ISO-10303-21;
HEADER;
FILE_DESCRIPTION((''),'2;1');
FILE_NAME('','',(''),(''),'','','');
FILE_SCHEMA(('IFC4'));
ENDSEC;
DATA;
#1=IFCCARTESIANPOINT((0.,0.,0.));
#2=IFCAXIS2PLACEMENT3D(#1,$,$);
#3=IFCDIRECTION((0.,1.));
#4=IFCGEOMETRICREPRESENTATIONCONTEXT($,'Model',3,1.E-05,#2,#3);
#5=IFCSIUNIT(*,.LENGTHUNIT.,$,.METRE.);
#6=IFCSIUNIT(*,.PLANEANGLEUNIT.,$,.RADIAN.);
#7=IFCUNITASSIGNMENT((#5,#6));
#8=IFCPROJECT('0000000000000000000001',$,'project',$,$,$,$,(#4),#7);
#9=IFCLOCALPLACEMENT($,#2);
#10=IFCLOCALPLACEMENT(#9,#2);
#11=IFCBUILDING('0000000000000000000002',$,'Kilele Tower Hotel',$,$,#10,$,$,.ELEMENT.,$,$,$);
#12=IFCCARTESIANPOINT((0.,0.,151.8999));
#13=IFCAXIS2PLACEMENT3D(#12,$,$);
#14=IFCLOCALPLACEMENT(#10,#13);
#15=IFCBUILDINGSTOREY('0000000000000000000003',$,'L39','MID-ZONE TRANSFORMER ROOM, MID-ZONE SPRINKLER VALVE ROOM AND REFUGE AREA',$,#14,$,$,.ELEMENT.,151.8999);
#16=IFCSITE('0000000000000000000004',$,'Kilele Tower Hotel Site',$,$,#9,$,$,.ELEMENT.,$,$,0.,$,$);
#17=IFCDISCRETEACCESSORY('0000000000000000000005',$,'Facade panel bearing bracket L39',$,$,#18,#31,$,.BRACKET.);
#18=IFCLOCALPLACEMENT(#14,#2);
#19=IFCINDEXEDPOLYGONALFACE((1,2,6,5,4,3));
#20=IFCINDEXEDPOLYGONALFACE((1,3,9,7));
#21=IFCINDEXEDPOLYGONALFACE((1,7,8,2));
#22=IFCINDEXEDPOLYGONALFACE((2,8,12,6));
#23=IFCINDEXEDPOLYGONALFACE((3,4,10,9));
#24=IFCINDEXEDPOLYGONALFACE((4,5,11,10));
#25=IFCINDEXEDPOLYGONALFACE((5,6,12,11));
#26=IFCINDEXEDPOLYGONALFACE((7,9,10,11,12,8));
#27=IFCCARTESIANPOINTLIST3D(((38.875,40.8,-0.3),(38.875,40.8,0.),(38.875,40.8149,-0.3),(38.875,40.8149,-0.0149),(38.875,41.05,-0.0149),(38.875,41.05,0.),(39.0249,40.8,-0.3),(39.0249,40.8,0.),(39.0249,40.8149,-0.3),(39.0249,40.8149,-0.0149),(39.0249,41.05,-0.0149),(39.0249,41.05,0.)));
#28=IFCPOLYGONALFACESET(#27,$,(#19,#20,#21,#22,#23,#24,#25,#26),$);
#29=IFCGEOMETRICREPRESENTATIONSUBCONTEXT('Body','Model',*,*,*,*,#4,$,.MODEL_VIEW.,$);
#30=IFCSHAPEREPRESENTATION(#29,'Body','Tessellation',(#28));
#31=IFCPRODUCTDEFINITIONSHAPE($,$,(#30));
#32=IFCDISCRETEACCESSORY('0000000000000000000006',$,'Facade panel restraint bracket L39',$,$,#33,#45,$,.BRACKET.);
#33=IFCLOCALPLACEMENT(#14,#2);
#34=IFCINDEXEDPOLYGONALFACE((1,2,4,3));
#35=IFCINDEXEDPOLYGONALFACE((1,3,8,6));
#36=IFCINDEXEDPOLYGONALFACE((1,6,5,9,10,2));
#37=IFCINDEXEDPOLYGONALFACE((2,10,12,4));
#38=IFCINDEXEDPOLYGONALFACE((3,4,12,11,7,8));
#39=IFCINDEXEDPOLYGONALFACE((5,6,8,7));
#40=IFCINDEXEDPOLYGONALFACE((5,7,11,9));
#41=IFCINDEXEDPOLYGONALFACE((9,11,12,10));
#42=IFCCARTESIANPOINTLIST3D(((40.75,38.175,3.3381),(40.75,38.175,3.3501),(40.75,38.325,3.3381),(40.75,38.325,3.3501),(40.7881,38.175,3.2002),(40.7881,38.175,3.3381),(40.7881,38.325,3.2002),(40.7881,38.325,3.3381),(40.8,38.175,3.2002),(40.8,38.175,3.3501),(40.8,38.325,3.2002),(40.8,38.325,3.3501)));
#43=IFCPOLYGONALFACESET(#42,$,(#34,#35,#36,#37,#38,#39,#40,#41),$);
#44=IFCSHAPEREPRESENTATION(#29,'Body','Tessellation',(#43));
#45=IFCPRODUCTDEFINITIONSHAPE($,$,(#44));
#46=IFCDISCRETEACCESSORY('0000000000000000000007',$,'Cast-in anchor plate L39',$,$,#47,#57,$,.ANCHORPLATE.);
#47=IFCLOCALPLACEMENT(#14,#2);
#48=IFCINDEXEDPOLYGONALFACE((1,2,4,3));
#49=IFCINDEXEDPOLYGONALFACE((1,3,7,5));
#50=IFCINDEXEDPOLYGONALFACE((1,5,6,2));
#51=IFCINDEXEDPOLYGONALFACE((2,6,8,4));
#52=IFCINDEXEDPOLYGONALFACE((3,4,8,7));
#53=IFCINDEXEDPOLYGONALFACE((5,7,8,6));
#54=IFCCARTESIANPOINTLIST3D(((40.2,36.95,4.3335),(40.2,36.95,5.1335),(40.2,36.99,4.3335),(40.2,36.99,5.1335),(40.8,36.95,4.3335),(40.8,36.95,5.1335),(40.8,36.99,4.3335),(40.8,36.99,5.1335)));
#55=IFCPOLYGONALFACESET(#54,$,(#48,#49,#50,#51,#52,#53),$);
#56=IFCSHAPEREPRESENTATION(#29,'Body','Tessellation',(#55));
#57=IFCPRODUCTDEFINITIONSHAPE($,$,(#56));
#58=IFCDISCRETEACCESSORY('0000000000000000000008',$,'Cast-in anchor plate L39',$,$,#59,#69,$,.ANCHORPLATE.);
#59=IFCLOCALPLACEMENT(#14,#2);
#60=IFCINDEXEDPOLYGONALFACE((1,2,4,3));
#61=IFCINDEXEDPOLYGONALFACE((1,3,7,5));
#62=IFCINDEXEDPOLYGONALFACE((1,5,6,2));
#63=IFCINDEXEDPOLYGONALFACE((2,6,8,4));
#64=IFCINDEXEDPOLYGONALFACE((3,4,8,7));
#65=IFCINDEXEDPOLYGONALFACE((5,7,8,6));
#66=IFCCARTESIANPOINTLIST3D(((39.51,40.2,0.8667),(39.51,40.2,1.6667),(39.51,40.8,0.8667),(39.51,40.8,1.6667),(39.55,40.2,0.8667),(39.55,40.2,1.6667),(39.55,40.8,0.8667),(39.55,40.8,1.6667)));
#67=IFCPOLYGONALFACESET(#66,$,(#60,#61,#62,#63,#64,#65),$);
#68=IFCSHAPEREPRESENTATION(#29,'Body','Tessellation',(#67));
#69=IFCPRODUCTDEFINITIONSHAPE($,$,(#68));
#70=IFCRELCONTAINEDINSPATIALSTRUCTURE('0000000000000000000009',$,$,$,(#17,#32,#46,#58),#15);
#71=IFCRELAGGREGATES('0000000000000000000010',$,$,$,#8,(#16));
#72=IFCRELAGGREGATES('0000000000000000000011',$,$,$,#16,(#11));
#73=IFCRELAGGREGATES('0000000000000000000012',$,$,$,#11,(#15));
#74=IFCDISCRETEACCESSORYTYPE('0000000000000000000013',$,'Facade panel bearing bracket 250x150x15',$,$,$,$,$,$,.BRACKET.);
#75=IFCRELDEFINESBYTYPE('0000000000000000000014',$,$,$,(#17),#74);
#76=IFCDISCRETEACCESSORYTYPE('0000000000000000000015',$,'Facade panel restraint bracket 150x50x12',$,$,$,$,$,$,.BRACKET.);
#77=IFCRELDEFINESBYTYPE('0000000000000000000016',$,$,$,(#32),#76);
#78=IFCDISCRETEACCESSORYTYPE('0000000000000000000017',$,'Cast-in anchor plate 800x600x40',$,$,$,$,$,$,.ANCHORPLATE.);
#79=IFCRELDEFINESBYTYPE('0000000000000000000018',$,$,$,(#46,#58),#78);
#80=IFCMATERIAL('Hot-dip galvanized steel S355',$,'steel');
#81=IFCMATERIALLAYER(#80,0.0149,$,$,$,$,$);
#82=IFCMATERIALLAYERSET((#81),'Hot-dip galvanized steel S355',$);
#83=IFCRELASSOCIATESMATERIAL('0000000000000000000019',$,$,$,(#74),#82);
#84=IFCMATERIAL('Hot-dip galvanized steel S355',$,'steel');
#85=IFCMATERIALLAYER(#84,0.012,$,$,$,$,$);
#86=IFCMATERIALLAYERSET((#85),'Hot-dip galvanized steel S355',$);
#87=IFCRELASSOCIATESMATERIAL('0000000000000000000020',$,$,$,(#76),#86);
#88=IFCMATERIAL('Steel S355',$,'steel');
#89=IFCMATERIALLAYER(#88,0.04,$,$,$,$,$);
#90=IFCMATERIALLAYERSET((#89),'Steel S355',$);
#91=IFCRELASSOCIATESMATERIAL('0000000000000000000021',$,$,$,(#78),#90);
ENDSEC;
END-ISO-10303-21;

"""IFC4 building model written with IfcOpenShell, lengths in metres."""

from ifc_helpers import new_model, si_unit, direction, frame, origin, place, context, subcontext, project, spatial, polyline, outline, extrude, source, transform, mapped, material, layer, layer_set, type_object, element, save


model = new_model("IFC4")

# Units and contexts
model_context = context("Model", 3, precision=1e-05, world=origin(), true_north=direction((0.0, 1.0)))
body_context = subcontext(model_context, "Body", "Model", "MODEL_VIEW")
ifc_project = project(units=[si_unit("LENGTHUNIT", "METRE"), si_unit("PLANEANGLEUNIT", "RADIAN")], contexts=[model_context])

# Site, building, storey
site_placement = place(None, origin())
site = spatial("IfcSite", under=ifc_project, at=site_placement, Name="Kilele Tower Hotel Site", CompositionType="ELEMENT", RefElevation=0.0)
building_placement = place(site_placement, origin())
building = spatial("IfcBuilding", under=site, at=building_placement, Name="Kilele Tower Hotel", CompositionType="ELEMENT")
storey_placement = place(building_placement, frame((0.0, 0.0, 151.8999)))
storey = spatial("IfcBuildingStorey", under=building, at=storey_placement, Name="L39", Description="MID-ZONE TRANSFORMER ROOM, MID-ZONE SPRINKLER VALVE ROOM AND REFUGE AREA", CompositionType="ELEMENT", Elevation=151.8999)

# Discrete accessories
ifc_material_1 = material(Name="Hot-dip galvanized steel S355", Category="steel")
ifc_layer_1 = layer(ifc_material_1, 0.0149)
ifc_layer_set_1 = layer_set([ifc_layer_1], Name="Hot-dip galvanized steel S355")
discrete_accessory_type_1 = type_object("IfcDiscreteAccessoryType", Name="Facade panel bearing bracket 250x150x15", PredefinedType="BRACKET", material=ifc_layer_set_1)
shared_shape_1 = source(origin(), body_context, "Body", "SweptSolid", [
    extrude(outline(polyline([(0.0, 0.0), (0.25, 0.0), (0.25, -0.0149), (0.0149, -0.0149), (0.0149, -0.3), (0.0, -0.3), (0.0, 0.0)])), origin(), (0.0, 0.0, 1.0), 0.1499),
])
for number, where, z_axis, x_axis, name in (
    (1, (38.875, 40.8, 0.0), (1.0, 0.0, 0.0), (0.0, 1.0, 0.0), "Facade panel bearing bracket L39"),
):
    element("IfcDiscreteAccessory", number, at=place(storey_placement, frame(where, z_axis=z_axis, x_axis=x_axis)), inside=storey, type_object=discrete_accessory_type_1, Name=name, PredefinedType="BRACKET", context=body_context, shape_type="MappedRepresentation", body=[
        mapped(shared_shape_1, transform((0.0, 0.0, 0.0))),
    ])
ifc_material_2 = material(Name="Hot-dip galvanized steel S355", Category="steel")
ifc_layer_2 = layer(ifc_material_2, 0.012)
ifc_layer_set_2 = layer_set([ifc_layer_2], Name="Hot-dip galvanized steel S355")
discrete_accessory_type_2 = type_object("IfcDiscreteAccessoryType", Name="Facade panel restraint bracket 150x50x12", PredefinedType="BRACKET", material=ifc_layer_set_2)
shared_shape_2 = source(origin(), body_context, "Body", "SweptSolid", [
    extrude(outline(polyline([(0.0, 0.0), (0.0, -0.1499), (-0.012, -0.1499), (-0.012, -0.012), (-0.05, -0.012), (-0.05, 0.0), (0.0, 0.0)])), origin(), (0.0, 0.0, 1.0), 0.1499),
])
discrete_accessory_placement = place(storey_placement, frame((40.8, 38.325, 3.3501), z_axis=(0.0, -1.0, 0.0), x_axis=(1.0, 0.0, 0.0)))
element("IfcDiscreteAccessory", 2, at=discrete_accessory_placement, inside=storey, type_object=discrete_accessory_type_2, Name="Facade panel restraint bracket L39", PredefinedType="BRACKET", context=body_context, shape_type="MappedRepresentation", body=[
    mapped(shared_shape_2, transform((0.0, 0.0, 0.0))),
])
ifc_material_3 = material(Name="Steel S355", Category="steel")
ifc_layer_3 = layer(ifc_material_3, 0.04)
ifc_layer_set_3 = layer_set([ifc_layer_3], Name="Steel S355")
discrete_accessory_type_3 = type_object("IfcDiscreteAccessoryType", Name="Cast-in anchor plate 800x600x40", PredefinedType="ANCHORPLATE", material=ifc_layer_set_3)
shared_shape_3 = source(origin(), body_context, "Body", "SweptSolid", [
    extrude(outline(polyline([(0.0, 0.0), (0.04, 0.0), (0.04, 0.8), (0.0, 0.8), (0.0, 0.0)])), origin(), (0.0, 0.0, 1.0), 0.6001),
])
for number, where, z_axis, x_axis, name in (
    (3, (40.2, 36.95, 4.3335), (1.0, 0.0, 0.0), (0.0, 1.0, 0.0), "Cast-in anchor plate L39"),
    (4, (39.55, 40.2, 0.8667), (0.0, 1.0, 0.0), (-1.0, 0.0, 0.0), "Cast-in anchor plate L39"),
):
    element("IfcDiscreteAccessory", number, at=place(storey_placement, frame(where, z_axis=z_axis, x_axis=x_axis)), inside=storey, type_object=discrete_accessory_type_3, Name=name, PredefinedType="ANCHORPLATE", context=body_context, shape_type="MappedRepresentation", body=[
        mapped(shared_shape_3, transform((0.0, 0.0, 0.0))),
    ])

save(model, "model.ifc")
